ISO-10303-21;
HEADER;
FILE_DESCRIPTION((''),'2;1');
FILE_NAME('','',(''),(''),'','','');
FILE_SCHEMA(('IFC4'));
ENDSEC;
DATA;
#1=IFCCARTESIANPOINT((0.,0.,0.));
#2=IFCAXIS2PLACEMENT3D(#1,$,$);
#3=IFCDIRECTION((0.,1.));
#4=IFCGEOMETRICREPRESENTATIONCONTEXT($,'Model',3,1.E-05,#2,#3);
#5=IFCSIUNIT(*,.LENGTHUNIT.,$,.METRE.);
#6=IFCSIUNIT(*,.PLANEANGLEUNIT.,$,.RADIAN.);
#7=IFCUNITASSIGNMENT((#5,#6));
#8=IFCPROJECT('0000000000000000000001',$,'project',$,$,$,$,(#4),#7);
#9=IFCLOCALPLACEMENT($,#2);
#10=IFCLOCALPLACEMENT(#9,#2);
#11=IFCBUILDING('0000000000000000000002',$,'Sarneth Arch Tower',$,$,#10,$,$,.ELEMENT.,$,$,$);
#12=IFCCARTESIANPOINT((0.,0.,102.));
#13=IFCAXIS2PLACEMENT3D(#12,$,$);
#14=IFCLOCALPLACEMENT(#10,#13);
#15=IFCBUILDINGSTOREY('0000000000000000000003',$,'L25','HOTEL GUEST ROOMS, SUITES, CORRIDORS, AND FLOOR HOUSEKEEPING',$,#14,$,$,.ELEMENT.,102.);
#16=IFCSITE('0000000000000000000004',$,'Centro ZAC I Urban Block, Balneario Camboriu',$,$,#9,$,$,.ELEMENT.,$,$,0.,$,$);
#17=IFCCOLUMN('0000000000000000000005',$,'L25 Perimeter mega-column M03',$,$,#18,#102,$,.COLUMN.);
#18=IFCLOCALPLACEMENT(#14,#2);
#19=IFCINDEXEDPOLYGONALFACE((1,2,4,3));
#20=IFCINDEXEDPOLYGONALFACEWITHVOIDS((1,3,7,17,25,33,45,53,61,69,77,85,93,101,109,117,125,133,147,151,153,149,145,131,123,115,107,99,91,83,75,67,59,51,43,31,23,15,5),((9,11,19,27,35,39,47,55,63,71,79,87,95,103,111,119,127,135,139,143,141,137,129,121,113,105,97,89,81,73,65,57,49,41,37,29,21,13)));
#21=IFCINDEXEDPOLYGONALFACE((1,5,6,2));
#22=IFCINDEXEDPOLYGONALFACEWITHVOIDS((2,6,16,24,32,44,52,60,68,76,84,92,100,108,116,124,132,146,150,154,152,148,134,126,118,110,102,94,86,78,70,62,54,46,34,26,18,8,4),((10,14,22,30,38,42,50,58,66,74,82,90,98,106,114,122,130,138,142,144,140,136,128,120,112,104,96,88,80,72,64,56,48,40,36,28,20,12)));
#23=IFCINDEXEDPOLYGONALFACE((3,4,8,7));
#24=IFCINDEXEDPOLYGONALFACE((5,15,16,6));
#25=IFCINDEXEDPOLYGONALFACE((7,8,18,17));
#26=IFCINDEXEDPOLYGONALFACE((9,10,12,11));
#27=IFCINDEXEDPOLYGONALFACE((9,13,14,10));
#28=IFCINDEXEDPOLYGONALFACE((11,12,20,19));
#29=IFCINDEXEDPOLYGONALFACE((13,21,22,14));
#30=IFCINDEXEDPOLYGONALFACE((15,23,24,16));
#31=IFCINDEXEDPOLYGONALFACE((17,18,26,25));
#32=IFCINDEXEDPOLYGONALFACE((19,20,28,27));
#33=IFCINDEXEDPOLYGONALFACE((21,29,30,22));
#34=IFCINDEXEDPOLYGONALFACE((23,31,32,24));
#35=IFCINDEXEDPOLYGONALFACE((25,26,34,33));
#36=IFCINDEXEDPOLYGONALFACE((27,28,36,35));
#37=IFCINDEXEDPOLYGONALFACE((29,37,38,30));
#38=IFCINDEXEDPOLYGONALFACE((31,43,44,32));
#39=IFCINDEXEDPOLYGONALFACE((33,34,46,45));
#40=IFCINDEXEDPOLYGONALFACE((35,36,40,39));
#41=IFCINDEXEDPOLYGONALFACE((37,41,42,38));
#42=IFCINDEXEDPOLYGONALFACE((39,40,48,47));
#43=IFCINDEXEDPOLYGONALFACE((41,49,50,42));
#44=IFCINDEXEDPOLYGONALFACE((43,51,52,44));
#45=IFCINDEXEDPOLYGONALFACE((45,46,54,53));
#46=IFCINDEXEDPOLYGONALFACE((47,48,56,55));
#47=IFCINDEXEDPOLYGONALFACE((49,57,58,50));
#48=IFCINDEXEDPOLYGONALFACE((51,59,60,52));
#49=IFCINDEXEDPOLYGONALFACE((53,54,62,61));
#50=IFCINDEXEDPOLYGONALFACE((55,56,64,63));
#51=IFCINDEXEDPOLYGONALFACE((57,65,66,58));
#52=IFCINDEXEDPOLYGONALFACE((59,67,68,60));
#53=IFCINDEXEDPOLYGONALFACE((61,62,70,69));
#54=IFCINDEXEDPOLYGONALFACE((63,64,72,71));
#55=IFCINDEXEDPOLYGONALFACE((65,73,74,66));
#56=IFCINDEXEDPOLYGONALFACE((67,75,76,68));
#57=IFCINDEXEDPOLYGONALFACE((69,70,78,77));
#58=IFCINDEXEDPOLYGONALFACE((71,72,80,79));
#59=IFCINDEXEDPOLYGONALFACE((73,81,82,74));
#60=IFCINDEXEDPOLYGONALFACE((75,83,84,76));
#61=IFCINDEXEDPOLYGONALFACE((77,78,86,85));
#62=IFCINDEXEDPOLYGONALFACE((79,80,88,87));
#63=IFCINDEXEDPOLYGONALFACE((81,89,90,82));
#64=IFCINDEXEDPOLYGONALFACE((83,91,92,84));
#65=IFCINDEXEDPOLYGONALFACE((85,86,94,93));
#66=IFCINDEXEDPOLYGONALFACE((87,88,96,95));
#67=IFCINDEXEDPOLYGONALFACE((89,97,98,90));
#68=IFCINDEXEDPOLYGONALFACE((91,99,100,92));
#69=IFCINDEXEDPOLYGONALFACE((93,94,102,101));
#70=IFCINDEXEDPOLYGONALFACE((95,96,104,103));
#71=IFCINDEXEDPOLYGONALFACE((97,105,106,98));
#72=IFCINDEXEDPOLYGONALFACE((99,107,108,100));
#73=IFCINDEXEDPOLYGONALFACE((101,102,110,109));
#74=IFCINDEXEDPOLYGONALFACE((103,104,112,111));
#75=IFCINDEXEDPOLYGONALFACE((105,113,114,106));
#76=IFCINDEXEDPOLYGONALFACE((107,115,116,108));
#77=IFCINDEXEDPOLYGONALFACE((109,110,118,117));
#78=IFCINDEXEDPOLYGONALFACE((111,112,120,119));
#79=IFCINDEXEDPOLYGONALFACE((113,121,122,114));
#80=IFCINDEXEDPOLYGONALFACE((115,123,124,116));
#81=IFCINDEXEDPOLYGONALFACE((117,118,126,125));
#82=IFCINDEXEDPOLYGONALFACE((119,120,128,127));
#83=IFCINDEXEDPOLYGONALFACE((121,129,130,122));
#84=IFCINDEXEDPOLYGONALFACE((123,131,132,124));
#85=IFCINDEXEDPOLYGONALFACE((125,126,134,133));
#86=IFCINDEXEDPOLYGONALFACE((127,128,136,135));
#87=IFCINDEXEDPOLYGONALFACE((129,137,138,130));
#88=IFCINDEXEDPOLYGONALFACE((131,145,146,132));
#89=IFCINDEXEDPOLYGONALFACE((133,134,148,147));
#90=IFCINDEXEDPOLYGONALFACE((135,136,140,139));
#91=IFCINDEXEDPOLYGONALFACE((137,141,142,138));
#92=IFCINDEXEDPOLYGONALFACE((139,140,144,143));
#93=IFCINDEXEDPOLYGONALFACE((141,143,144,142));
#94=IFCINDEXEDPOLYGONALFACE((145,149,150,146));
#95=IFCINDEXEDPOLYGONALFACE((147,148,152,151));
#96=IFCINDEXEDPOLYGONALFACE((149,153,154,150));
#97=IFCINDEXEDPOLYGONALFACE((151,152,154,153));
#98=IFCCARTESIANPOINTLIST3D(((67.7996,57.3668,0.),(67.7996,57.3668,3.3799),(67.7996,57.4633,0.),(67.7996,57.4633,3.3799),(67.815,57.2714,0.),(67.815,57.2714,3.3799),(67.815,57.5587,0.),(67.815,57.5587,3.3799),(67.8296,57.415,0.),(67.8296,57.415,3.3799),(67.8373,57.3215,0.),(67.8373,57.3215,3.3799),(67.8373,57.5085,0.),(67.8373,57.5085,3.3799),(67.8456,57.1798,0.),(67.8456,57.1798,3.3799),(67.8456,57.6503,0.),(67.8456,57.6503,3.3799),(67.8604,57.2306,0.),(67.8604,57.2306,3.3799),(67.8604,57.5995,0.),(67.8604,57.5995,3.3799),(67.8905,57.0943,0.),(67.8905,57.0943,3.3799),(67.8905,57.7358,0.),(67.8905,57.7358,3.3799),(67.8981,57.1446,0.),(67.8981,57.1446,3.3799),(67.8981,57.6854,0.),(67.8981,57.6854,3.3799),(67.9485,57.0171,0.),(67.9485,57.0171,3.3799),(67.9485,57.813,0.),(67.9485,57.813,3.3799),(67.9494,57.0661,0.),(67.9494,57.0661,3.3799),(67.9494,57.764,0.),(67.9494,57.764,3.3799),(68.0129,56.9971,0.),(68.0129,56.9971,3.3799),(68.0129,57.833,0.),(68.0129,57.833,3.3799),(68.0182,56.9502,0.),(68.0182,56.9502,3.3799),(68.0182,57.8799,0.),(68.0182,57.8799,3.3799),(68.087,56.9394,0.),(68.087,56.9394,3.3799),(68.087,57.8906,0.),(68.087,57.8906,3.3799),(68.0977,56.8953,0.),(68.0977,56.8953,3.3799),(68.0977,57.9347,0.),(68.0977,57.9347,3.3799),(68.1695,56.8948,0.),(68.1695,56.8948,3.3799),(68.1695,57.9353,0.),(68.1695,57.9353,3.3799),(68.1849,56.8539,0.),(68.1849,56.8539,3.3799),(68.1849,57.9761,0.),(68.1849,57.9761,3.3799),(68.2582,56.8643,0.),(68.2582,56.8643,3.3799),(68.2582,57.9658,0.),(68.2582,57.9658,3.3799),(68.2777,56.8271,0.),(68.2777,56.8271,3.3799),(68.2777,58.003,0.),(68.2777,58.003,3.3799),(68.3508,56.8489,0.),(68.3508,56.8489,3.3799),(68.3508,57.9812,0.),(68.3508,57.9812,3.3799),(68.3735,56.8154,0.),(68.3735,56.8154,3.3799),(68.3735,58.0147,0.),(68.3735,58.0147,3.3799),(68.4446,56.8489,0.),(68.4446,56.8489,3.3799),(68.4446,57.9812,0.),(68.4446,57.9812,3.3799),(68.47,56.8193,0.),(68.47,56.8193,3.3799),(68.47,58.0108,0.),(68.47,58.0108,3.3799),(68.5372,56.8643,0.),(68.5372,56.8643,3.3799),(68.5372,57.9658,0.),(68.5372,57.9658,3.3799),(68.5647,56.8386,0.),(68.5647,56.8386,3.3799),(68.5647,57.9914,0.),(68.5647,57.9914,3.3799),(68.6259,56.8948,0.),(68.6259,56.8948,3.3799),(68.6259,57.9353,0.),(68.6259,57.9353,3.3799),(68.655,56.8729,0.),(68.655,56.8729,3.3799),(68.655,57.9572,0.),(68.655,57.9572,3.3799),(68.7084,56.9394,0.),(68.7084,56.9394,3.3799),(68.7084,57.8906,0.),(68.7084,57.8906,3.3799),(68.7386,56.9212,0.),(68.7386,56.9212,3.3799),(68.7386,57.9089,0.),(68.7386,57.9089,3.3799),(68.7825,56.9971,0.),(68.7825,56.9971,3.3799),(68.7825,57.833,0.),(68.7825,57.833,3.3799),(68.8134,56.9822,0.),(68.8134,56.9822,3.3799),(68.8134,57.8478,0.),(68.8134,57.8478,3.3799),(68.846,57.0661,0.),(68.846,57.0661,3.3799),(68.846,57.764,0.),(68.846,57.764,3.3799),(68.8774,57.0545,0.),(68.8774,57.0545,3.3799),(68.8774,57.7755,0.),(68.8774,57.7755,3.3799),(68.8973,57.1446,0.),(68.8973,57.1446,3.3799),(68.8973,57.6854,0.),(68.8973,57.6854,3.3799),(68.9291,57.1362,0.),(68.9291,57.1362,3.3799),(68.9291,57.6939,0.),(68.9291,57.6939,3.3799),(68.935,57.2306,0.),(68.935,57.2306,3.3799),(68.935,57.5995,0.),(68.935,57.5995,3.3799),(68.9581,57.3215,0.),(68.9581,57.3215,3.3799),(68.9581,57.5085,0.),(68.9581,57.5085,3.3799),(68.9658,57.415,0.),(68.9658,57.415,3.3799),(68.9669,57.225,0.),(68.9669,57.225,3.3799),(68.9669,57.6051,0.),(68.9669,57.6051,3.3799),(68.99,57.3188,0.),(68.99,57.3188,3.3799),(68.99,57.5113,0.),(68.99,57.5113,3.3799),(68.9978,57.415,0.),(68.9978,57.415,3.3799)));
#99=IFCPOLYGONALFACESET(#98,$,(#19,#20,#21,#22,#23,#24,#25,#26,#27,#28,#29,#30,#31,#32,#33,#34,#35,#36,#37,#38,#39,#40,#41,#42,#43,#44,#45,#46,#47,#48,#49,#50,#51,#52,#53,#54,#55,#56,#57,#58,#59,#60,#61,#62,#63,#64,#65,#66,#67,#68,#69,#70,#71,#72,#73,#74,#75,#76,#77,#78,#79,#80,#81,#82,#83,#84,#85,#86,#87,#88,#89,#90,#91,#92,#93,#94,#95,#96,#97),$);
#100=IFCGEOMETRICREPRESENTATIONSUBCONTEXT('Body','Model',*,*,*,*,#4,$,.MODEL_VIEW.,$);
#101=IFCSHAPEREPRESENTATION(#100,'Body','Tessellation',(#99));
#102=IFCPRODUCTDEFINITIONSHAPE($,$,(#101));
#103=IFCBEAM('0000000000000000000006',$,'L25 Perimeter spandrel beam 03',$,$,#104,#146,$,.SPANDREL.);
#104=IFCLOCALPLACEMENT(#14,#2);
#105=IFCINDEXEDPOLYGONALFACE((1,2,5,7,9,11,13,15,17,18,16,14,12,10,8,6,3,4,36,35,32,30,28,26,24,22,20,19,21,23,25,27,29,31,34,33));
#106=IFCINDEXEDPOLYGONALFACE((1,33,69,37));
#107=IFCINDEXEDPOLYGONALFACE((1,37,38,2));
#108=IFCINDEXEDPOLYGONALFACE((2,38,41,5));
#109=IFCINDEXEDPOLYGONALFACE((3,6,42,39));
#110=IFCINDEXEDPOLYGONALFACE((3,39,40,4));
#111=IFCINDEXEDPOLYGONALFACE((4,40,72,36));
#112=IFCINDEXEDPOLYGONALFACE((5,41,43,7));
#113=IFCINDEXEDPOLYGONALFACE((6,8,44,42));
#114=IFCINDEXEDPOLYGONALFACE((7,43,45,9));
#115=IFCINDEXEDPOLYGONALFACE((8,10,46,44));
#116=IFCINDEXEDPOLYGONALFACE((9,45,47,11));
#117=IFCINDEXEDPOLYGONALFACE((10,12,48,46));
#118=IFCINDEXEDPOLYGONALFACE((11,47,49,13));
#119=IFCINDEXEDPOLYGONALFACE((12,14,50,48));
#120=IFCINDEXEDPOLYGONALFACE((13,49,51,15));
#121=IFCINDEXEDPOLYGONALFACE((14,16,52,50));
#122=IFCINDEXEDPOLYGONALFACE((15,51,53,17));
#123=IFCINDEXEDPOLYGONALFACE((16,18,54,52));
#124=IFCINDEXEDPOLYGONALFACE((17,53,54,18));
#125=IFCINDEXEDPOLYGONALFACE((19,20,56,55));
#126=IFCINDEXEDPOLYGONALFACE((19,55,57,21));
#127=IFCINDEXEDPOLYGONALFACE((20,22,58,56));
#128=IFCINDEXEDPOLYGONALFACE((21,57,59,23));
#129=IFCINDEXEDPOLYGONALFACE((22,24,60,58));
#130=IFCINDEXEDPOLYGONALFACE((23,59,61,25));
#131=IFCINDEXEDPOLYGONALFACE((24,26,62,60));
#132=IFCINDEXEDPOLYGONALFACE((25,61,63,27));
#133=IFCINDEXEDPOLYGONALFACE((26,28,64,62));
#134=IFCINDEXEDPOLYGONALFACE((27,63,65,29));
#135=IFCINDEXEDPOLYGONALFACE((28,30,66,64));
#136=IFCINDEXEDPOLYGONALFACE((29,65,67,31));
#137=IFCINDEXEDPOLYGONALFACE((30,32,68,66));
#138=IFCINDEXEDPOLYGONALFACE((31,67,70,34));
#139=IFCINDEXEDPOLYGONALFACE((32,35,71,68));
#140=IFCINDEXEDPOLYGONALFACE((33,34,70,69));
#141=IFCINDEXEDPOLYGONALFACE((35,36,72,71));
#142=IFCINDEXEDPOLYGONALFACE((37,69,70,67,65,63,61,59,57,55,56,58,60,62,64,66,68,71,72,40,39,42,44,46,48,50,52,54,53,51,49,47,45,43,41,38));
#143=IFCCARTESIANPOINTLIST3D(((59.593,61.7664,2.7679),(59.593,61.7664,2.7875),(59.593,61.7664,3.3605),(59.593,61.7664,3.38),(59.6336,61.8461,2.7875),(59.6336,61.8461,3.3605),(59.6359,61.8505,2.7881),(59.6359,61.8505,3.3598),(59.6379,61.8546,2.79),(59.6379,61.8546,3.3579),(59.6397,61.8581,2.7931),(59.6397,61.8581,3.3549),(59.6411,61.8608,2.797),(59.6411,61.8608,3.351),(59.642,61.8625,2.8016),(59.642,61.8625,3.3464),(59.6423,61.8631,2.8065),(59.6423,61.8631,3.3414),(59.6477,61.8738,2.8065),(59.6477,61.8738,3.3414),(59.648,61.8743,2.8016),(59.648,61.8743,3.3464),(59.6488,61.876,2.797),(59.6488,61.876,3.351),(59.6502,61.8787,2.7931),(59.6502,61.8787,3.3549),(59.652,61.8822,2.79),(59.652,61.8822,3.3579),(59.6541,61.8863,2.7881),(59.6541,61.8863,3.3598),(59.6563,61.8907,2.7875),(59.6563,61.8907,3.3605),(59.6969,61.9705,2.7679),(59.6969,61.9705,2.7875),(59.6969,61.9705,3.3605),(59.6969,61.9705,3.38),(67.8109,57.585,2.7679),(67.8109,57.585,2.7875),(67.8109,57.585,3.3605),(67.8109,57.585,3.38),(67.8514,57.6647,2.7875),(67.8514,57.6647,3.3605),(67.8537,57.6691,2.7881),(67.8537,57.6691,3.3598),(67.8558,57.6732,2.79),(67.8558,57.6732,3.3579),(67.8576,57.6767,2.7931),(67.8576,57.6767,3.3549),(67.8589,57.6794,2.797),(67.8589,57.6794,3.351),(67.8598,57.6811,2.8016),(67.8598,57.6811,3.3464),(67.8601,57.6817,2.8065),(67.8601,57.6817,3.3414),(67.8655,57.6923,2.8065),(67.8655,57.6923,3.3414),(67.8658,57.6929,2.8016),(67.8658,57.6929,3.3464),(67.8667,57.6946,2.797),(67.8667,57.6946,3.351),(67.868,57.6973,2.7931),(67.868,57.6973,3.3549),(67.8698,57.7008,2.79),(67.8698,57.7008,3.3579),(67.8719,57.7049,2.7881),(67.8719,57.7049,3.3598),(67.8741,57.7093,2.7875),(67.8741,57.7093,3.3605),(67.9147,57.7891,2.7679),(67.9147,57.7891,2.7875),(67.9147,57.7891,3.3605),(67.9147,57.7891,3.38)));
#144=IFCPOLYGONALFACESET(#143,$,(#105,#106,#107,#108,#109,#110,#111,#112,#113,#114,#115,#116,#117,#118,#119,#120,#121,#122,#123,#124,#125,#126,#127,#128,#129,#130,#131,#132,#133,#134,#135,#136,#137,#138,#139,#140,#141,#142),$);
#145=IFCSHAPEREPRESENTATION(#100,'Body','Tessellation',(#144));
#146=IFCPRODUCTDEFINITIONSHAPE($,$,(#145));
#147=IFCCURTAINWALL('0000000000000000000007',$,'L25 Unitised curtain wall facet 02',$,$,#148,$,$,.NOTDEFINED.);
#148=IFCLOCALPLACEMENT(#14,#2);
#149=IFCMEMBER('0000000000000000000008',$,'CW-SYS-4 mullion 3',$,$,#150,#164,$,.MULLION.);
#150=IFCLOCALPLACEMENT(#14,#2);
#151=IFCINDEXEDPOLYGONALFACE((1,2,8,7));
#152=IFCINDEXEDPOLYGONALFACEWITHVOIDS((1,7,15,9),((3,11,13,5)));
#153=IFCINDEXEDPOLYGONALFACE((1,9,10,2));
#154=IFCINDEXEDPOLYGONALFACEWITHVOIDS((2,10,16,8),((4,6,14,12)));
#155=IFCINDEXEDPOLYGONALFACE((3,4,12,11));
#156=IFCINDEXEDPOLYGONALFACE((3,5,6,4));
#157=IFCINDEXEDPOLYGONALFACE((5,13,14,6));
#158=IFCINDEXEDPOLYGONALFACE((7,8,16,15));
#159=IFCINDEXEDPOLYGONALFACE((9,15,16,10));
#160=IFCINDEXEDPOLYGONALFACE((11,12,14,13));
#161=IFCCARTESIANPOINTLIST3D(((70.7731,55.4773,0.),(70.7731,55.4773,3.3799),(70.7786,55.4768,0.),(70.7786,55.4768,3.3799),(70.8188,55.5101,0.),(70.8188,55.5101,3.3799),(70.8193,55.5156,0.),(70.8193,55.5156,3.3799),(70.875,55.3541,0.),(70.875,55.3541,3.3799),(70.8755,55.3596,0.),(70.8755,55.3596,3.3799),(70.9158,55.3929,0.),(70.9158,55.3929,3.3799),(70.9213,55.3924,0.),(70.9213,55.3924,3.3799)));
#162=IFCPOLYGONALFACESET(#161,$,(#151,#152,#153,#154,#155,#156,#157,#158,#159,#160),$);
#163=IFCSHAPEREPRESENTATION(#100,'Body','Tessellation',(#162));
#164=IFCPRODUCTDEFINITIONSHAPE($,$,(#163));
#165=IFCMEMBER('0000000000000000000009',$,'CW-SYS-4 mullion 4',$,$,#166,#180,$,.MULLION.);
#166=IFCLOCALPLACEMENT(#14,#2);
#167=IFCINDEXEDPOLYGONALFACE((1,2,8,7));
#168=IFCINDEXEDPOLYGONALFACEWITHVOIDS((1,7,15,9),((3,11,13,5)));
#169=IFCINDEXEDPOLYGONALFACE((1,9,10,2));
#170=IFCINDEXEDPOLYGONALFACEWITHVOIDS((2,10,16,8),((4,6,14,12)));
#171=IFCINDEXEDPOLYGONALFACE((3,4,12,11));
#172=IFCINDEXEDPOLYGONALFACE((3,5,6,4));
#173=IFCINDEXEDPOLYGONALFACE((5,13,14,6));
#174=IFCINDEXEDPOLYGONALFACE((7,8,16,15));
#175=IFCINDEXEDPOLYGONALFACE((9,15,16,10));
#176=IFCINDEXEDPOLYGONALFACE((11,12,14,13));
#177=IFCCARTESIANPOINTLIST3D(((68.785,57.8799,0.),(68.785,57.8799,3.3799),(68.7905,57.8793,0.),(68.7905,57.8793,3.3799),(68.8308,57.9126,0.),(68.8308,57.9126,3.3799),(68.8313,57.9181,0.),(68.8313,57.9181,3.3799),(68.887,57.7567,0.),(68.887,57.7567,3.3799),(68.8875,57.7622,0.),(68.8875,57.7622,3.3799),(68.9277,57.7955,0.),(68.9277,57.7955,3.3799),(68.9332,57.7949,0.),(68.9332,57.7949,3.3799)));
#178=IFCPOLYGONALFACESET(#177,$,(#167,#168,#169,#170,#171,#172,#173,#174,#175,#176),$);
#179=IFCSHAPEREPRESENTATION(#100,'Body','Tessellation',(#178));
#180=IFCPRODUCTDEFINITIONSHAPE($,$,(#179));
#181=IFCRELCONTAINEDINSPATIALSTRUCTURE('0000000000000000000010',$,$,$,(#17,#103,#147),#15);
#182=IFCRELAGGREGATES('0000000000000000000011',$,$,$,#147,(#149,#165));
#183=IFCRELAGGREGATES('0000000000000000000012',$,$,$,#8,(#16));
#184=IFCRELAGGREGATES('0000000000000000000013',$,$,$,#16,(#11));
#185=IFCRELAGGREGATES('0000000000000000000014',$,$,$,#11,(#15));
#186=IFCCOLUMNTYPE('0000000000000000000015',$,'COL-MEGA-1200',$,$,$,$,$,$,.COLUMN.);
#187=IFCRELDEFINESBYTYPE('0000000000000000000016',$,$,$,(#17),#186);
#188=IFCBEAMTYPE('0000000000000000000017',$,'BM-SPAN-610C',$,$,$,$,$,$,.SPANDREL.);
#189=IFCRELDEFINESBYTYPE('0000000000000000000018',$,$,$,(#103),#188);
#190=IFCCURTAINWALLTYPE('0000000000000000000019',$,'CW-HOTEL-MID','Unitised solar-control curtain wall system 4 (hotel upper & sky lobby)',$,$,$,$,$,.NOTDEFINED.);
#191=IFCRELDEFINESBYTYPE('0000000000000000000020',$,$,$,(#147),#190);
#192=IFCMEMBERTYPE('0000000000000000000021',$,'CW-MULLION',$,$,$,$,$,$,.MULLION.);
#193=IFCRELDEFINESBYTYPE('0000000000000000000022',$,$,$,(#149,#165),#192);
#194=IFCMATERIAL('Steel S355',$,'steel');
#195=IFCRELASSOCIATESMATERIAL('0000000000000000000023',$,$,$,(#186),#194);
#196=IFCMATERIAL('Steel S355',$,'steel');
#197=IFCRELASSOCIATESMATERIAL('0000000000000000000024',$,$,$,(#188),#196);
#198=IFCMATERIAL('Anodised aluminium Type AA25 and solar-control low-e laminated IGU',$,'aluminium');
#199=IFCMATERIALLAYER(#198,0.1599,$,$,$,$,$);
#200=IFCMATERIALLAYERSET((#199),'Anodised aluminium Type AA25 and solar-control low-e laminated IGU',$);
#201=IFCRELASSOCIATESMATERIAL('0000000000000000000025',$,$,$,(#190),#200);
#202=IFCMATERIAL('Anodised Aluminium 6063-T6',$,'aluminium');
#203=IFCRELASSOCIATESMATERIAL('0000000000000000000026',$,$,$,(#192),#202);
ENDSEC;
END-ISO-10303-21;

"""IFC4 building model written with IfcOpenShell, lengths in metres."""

from ifc_helpers import new_model, si_unit, direction, frame, origin, origin_2d, place, context, subcontext, project, spatial, hollow_rectangle, hollow_circle, i_section, extrude, material, layer, layer_set, material_profile, profile_set, type_object, element, aggregate, save


model = new_model("IFC4")

# Units and contexts
model_context = context("Model", 3, precision=1e-05, world=origin(), true_north=direction((0.0, 1.0)))
body_context = subcontext(model_context, "Body", "Model", "MODEL_VIEW")
ifc_project = project(units=[si_unit("LENGTHUNIT", "METRE"), si_unit("PLANEANGLEUNIT", "RADIAN")], contexts=[model_context])

# Site, building, storey
site_placement = place(None, origin())
site = spatial("IfcSite", under=ifc_project, at=site_placement, Name="Centro ZAC I Urban Block, Balneario Camboriu", CompositionType="ELEMENT", RefElevation=0.0)
building_placement = place(site_placement, origin())
building = spatial("IfcBuilding", under=site, at=building_placement, Name="Sarneth Arch Tower", CompositionType="ELEMENT")
storey_placement = place(building_placement, frame((0.0, 0.0, 102.0)))
storey = spatial("IfcBuildingStorey", under=building, at=storey_placement, Name="L25", Description="HOTEL GUEST ROOMS, SUITES, CORRIDORS, AND FLOOR HOUSEKEEPING", CompositionType="ELEMENT", Elevation=102.0)

# Column
ifc_material_1 = material(Name="Steel S355", Category="steel")
ifc_material_profile_1 = material_profile(ifc_material_1, hollow_circle(Radius=0.6001, WallThickness=0.032, at=origin_2d()), Name="CHS1200x32")
ifc_profile_set_1 = profile_set([ifc_material_profile_1], Name="Steel S355")
column_type = type_object("IfcColumnType", Name="COL-MEGA-1200", PredefinedType="COLUMN", material=ifc_profile_set_1)
column_placement = place(storey_placement, frame((68.3977, 57.415, 0.0), z_axis=(0.0, 0.0, 1.0), x_axis=(1.0, 0.0, 0.0)))
element("IfcColumn", 1, at=column_placement, inside=storey, type_object=column_type, Name="L25 Perimeter mega-column M03", PredefinedType="COLUMN", context=body_context, shape_type="SweptSolid", body=[
    extrude(hollow_circle(Radius=0.6001, WallThickness=0.032, at=origin_2d()), origin(), (0.0, 0.0, 1.0), 3.3799),
])

# Beam
ifc_material_2 = material(Name="Steel S355", Category="steel")
ifc_material_profile_2 = material_profile(ifc_material_2, i_section(OverallWidth=0.229, OverallDepth=0.6121, WebThickness=0.012, FlangeThickness=0.0195, FilletRadius=0.019, at=origin_2d()), Name="W610x125")
ifc_profile_set_2 = profile_set([ifc_material_profile_2], Name="Steel S355")
beam_type = type_object("IfcBeamType", Name="BM-SPAN-610C", PredefinedType="SPANDREL", material=ifc_profile_set_2)
beam_placement = place(storey_placement, frame((67.8628, 57.687, 3.074), z_axis=(-0.891259, 0.453494, 0.0), x_axis=(-0.453494, -0.891259, 0.0)))
element("IfcBeam", 2, at=beam_placement, inside=storey, type_object=beam_type, Name="L25 Perimeter spandrel beam 03", PredefinedType="SPANDREL", context=body_context, shape_type="SweptSolid", body=[
    extrude(i_section(OverallWidth=0.229, OverallDepth=0.6121, WebThickness=0.012, FlangeThickness=0.0195, FilletRadius=0.019, at=origin_2d()), origin(), (0.0, 0.0, 1.0), 9.2205),
])

# Curtain wall, members
ifc_material_3 = material(Name="Anodised aluminium Type AA25 and solar-control low-e laminated IGU", Category="aluminium")
ifc_layer_1 = layer(ifc_material_3, 0.1599)
ifc_layer_set_1 = layer_set([ifc_layer_1], Name="Anodised aluminium Type AA25 and solar-control low-e laminated IGU")
curtain_wall_type = type_object("IfcCurtainWallType", Name="CW-HOTEL-MID", Description="Unitised solar-control curtain wall system 4 (hotel upper & sky lobby)", PredefinedType="NOTDEFINED", material=ifc_layer_set_1)
curtain_wall_placement = place(storey_placement, origin())
curtain_wall = element("IfcCurtainWall", 3, at=curtain_wall_placement, inside=storey, type_object=curtain_wall_type, Name="L25 Unitised curtain wall facet 02", PredefinedType="NOTDEFINED")
ifc_material_4 = material(Name="Anodised Aluminium 6063-T6", Category="aluminium")
ifc_material_profile_3 = material_profile(ifc_material_4, hollow_rectangle(XDim=0.0601, YDim=0.1599, WallThickness=0.0039, at=origin_2d()), Name="AL-MULL-160x60x4")
ifc_profile_set_3 = profile_set([ifc_material_profile_3], Name="Anodised Aluminium 6063-T6")
member_type_1 = type_object("IfcMemberType", Name="CW-MULLION", PredefinedType="MULLION", material=ifc_profile_set_3)
member_1_placement = place(storey_placement, frame((70.8472, 55.4348, 0.0), z_axis=(0.0, 0.0, 1.0), x_axis=(-0.770438, -0.637515, 0.0)))
member_1 = element("IfcMember", 4, at=member_1_placement, type_object=member_type_1, Name="CW-SYS-4 mullion 3", PredefinedType="MULLION", context=body_context, shape_type="SweptSolid", body=[
    extrude(hollow_rectangle(XDim=0.0601, YDim=0.1599, WallThickness=0.0039, at=origin_2d()), origin(), (0.0, 0.0, 1.0), 3.3799),
])
member_2_placement = place(storey_placement, frame((68.8591, 57.8374, 0.0), z_axis=(0.0, 0.0, 1.0), x_axis=(-0.770438, -0.637515, 0.0)))
member_2 = element("IfcMember", 5, at=member_2_placement, type_object=member_type_1, Name="CW-SYS-4 mullion 4", PredefinedType="MULLION", context=body_context, shape_type="SweptSolid", body=[
    extrude(hollow_rectangle(XDim=0.0601, YDim=0.1599, WallThickness=0.0039, at=origin_2d()), origin(), (0.0, 0.0, 1.0), 3.3799),
])

aggregate(curtain_wall, [member_1, member_2])

save(model, "model.ifc")
